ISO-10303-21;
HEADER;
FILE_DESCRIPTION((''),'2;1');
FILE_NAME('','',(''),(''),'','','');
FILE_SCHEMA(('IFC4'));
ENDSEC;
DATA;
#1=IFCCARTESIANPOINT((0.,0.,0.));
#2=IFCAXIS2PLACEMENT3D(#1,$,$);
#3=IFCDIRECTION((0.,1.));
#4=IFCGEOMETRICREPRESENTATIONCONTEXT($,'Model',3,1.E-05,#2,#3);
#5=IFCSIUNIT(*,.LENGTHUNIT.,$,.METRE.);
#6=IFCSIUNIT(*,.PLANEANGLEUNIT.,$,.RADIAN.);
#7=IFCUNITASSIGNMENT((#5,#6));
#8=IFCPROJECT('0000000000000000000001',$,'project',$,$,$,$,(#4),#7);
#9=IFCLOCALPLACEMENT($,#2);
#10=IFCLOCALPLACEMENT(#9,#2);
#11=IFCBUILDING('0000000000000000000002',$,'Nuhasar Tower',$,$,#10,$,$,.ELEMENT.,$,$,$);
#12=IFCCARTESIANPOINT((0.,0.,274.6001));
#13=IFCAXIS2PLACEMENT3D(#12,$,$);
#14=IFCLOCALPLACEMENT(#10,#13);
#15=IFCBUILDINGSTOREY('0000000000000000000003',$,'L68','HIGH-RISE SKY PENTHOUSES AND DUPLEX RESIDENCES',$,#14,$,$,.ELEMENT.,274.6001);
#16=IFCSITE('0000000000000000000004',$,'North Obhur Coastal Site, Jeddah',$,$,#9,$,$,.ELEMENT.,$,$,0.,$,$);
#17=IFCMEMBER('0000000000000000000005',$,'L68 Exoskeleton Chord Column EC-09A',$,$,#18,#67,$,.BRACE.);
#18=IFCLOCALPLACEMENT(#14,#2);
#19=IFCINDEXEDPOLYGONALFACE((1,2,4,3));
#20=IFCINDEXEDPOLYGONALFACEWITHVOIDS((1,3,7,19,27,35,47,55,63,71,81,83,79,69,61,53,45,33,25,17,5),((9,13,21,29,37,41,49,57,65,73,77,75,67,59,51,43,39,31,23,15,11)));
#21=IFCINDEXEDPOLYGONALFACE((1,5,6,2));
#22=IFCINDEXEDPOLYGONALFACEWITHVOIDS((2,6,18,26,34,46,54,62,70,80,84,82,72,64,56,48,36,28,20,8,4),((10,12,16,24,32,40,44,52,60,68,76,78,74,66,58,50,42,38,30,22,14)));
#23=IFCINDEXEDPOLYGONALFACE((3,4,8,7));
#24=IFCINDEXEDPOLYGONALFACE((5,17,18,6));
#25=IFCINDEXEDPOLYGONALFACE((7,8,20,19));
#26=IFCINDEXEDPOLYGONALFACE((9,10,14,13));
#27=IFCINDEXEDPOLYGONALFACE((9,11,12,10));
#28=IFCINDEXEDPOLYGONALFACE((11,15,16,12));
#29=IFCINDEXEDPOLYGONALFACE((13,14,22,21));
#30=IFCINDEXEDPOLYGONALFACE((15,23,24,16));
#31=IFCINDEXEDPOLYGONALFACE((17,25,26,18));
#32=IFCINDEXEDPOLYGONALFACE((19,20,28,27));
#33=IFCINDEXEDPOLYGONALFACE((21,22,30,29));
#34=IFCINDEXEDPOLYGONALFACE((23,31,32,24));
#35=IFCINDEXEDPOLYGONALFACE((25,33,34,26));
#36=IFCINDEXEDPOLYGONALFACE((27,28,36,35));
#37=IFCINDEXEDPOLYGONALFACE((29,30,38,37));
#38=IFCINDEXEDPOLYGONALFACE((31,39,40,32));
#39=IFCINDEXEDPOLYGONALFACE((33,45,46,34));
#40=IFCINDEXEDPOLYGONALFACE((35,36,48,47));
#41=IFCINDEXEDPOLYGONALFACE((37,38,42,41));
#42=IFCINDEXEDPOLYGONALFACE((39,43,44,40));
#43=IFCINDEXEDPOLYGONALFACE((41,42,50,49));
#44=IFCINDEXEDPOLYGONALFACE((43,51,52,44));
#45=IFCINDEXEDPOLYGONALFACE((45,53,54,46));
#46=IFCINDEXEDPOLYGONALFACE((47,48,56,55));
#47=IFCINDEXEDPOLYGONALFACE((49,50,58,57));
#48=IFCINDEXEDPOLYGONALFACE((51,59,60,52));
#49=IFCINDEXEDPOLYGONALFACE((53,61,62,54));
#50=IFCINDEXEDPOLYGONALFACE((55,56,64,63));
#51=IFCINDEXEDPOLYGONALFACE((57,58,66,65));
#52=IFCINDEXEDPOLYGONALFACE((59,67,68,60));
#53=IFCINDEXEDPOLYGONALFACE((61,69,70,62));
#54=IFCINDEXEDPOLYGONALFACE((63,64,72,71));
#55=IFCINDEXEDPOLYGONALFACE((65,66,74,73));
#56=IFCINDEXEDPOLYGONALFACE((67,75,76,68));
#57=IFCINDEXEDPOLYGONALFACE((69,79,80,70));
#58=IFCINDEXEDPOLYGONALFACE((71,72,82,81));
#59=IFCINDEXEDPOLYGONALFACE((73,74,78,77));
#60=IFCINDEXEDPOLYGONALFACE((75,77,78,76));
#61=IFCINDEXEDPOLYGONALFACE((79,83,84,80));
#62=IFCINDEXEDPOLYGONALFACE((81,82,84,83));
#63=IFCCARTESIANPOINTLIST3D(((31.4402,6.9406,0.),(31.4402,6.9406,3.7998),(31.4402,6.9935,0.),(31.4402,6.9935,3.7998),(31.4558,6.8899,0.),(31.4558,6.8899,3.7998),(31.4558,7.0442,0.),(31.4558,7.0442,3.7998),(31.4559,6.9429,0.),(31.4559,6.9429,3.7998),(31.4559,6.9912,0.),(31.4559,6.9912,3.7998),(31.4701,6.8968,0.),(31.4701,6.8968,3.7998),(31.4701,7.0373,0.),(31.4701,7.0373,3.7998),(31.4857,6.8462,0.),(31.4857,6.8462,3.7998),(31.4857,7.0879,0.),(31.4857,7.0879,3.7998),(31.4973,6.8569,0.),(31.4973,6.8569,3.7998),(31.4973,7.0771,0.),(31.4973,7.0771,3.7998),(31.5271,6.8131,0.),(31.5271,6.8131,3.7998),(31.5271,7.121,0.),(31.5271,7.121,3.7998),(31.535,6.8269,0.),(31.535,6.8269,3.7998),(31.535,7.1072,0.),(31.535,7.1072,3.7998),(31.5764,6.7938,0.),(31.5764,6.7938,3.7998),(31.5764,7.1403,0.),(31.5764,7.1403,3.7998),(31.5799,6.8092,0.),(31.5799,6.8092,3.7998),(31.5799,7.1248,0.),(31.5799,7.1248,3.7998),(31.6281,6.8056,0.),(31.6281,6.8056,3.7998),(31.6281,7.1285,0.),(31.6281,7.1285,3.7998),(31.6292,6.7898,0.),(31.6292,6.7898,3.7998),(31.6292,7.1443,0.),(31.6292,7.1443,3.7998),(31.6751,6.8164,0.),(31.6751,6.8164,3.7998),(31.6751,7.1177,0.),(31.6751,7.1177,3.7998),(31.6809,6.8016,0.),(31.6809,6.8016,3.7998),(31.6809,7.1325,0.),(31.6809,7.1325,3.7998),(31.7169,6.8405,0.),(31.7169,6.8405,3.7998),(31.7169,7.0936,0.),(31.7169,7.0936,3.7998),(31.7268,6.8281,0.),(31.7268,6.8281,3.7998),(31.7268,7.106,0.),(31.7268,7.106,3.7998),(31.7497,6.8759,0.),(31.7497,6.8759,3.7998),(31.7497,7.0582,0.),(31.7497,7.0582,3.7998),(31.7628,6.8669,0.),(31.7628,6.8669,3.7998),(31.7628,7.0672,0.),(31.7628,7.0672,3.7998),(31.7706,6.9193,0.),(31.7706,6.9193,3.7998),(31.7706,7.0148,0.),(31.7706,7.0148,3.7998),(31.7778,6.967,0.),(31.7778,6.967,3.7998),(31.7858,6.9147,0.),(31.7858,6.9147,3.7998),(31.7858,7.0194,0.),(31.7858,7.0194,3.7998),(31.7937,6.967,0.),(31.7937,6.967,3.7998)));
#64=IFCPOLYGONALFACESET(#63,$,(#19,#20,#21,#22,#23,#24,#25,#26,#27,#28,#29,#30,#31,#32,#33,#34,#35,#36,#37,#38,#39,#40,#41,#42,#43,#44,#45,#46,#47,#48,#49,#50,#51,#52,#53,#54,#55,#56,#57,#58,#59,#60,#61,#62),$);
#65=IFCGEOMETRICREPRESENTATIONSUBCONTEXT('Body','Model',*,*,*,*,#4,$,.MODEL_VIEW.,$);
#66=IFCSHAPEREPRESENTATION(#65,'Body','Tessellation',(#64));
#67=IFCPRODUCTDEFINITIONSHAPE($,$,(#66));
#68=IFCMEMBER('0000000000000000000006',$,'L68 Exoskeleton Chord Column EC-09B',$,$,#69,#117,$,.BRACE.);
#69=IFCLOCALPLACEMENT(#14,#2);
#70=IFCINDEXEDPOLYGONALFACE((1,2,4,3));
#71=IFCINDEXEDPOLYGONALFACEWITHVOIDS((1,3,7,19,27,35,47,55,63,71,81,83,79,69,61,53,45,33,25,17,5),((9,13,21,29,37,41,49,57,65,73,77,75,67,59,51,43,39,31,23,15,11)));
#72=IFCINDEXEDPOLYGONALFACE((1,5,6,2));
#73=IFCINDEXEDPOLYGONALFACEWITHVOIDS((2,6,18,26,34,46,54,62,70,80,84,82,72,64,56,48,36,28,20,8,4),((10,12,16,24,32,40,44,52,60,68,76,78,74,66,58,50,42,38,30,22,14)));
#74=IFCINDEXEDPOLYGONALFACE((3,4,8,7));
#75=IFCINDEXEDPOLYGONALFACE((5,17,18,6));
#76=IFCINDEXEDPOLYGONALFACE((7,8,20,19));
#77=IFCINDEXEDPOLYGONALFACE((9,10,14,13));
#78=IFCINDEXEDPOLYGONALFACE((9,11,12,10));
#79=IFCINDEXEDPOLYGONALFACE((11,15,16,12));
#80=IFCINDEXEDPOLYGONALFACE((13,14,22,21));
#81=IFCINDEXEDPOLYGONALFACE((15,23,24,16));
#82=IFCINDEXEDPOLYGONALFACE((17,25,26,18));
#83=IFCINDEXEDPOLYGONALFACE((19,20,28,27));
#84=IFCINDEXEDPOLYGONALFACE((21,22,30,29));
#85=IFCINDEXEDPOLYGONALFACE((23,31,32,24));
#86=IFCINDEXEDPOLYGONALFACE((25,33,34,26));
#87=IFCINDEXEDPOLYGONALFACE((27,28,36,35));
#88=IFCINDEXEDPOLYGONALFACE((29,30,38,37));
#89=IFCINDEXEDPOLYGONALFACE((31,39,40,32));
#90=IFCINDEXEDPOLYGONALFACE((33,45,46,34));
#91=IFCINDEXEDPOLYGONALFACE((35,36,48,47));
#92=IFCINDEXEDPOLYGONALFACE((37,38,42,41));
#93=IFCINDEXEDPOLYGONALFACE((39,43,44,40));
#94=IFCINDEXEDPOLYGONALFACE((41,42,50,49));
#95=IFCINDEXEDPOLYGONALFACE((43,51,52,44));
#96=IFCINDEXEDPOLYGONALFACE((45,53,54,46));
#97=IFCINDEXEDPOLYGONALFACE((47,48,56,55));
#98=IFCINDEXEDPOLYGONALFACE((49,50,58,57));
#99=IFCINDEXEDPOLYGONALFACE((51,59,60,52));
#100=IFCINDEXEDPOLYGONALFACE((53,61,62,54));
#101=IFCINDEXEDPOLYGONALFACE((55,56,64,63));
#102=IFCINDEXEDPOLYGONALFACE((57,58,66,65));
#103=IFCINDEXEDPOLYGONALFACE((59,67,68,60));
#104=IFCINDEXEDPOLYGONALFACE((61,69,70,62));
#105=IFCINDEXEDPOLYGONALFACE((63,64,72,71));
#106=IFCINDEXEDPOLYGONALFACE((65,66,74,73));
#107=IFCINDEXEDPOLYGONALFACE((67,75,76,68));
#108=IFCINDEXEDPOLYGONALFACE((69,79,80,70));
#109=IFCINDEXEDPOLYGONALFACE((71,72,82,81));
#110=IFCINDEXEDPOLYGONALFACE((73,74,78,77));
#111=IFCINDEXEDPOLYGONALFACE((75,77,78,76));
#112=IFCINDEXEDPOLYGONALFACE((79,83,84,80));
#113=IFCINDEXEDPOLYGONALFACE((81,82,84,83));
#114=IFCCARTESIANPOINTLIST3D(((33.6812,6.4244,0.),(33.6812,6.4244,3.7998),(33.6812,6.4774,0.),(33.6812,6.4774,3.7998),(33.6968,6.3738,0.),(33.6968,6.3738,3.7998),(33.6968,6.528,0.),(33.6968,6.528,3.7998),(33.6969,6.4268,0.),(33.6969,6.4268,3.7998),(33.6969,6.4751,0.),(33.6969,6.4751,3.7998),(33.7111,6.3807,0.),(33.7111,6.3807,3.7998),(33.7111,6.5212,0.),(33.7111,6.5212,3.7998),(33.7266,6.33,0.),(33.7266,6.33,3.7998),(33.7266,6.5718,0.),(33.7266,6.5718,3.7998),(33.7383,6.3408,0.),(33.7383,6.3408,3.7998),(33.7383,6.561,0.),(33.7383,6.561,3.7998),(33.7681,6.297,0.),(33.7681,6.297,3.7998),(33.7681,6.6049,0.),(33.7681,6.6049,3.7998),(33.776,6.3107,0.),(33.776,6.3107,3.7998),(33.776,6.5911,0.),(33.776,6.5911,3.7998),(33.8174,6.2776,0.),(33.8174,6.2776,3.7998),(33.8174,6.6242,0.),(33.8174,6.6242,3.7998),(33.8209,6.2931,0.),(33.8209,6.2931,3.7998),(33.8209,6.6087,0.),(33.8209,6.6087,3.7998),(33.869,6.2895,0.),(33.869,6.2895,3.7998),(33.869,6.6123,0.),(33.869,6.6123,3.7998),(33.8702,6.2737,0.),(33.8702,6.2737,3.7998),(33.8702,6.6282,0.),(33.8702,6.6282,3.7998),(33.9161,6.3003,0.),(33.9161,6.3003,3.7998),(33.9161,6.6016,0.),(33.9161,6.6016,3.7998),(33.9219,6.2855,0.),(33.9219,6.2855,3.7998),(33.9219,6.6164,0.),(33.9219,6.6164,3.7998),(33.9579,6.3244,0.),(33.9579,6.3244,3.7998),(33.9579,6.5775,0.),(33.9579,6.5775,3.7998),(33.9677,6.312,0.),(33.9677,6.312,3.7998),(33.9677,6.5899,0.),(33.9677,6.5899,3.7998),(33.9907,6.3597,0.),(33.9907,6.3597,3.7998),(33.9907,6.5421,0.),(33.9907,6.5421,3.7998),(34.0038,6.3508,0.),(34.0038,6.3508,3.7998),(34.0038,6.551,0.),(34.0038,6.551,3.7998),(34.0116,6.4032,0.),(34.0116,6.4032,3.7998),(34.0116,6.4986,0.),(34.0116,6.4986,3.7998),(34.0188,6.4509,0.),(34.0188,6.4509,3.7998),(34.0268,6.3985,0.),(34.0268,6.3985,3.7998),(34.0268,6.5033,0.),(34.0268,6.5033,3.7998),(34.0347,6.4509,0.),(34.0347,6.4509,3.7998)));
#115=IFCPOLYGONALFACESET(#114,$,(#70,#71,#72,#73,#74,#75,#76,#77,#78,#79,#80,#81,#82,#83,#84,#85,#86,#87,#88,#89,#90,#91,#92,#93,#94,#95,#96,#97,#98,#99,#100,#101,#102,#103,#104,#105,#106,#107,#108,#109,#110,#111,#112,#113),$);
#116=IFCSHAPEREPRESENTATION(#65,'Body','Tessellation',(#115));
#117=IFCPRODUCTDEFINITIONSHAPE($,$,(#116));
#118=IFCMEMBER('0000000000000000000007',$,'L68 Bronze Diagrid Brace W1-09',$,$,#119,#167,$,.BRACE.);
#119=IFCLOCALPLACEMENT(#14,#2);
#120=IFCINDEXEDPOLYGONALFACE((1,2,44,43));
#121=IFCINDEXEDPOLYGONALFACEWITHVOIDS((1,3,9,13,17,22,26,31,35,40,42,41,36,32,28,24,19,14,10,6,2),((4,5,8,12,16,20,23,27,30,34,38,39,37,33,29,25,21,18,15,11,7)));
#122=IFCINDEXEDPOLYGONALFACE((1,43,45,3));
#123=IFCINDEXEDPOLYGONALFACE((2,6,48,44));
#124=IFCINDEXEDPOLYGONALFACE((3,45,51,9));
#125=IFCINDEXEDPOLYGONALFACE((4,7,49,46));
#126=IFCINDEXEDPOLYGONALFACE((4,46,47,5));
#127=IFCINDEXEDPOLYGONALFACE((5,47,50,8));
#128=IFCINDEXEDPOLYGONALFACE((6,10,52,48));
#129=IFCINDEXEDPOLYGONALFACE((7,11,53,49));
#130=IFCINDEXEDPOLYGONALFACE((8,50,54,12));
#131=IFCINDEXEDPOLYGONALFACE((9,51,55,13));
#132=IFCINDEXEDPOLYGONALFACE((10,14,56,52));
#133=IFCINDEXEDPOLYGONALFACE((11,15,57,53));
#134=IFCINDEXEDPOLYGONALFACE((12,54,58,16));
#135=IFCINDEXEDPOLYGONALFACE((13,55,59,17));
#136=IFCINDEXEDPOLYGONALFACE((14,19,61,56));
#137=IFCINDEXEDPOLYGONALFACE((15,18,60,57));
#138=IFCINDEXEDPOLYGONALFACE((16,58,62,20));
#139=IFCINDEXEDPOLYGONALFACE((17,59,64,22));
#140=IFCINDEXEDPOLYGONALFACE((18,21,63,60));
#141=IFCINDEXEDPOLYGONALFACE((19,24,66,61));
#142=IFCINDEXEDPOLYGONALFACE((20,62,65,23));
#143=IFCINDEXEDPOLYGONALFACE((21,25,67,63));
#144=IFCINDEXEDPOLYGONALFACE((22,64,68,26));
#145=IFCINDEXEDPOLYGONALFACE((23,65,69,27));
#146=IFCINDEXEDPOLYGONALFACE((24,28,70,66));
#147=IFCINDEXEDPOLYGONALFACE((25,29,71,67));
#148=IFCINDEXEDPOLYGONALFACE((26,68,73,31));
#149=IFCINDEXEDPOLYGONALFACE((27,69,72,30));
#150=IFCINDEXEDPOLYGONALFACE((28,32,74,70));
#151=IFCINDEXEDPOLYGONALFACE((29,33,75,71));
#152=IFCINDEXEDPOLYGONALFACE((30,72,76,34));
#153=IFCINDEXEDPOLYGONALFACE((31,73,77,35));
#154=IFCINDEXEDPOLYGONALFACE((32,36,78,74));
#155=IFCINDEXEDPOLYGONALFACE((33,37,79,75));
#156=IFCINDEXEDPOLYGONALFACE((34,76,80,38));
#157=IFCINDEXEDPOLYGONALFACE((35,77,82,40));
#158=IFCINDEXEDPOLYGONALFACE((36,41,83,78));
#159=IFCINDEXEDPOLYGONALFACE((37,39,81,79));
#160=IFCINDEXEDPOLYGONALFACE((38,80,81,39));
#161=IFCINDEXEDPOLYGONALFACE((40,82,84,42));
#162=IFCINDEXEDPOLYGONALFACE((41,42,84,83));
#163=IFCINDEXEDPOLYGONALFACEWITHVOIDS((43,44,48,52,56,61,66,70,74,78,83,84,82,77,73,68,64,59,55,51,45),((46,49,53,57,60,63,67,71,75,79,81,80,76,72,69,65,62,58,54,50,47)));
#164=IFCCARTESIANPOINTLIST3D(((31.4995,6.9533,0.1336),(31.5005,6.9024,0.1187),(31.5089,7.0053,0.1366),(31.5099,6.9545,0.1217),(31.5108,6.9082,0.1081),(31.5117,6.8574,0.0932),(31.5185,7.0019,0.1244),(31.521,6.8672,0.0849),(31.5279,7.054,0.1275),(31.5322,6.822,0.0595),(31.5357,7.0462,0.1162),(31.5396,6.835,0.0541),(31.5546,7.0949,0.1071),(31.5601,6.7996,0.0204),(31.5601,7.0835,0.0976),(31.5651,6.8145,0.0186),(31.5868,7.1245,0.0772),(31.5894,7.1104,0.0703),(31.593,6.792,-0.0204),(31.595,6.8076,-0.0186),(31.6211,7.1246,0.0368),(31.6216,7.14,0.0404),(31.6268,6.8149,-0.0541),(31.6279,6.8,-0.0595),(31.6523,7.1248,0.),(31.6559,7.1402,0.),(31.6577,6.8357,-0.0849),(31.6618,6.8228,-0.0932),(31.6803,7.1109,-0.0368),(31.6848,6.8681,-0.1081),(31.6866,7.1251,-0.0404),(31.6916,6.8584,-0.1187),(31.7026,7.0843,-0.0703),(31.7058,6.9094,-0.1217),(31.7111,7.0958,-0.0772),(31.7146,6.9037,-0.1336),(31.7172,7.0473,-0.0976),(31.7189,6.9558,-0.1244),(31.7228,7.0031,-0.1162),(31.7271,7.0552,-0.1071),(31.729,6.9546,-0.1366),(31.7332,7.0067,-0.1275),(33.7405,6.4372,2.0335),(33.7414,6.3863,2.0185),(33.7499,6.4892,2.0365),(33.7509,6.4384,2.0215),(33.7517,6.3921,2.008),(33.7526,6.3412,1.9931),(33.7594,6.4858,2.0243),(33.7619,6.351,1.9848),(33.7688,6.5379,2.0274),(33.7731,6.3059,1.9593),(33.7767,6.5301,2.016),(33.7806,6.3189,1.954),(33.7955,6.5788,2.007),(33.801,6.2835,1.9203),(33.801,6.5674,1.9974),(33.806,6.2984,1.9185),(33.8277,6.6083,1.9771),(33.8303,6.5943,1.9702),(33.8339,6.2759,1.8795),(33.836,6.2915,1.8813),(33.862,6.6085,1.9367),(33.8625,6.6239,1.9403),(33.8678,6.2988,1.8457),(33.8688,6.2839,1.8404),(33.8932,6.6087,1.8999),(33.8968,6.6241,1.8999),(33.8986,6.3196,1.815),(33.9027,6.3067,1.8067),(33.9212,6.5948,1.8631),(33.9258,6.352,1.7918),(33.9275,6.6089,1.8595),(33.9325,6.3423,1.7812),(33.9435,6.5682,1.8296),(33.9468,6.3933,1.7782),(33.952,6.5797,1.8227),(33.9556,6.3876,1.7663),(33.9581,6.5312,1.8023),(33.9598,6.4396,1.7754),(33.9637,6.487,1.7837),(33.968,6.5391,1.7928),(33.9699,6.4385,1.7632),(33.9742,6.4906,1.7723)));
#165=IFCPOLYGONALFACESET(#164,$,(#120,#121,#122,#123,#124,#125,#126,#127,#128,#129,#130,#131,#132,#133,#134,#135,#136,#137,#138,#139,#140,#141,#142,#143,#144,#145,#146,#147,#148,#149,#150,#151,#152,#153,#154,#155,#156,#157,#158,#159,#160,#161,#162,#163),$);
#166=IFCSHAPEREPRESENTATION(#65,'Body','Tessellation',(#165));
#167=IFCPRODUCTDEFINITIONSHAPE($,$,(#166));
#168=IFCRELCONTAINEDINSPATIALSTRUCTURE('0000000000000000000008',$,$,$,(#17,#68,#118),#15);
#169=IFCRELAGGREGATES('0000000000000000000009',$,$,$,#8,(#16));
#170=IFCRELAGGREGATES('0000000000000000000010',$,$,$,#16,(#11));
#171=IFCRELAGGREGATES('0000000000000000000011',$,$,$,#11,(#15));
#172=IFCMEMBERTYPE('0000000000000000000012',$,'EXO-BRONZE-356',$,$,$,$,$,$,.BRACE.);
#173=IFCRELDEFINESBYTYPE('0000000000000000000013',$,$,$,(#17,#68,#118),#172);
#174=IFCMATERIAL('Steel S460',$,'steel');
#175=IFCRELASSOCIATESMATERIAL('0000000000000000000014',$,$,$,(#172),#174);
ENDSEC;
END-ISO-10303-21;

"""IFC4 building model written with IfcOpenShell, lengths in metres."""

from ifc_helpers import new_model, si_unit, direction, frame, origin, origin_2d, place, context, subcontext, project, spatial, hollow_circle, extrude, material, material_profile, profile_set, type_object, element, save


model = new_model("IFC4")

# Units and contexts
model_context = context("Model", 3, precision=1e-05, world=origin(), true_north=direction((0.0, 1.0)))
body_context = subcontext(model_context, "Body", "Model", "MODEL_VIEW")
ifc_project = project(units=[si_unit("LENGTHUNIT", "METRE"), si_unit("PLANEANGLEUNIT", "RADIAN")], contexts=[model_context])

# Site, building, storey
site_placement = place(None, origin())
site = spatial("IfcSite", under=ifc_project, at=site_placement, Name="North Obhur Coastal Site, Jeddah", CompositionType="ELEMENT", RefElevation=0.0)
building_placement = place(site_placement, origin())
building = spatial("IfcBuilding", under=site, at=building_placement, Name="Nuhasar Tower", CompositionType="ELEMENT")
storey_placement = place(building_placement, frame((0.0, 0.0, 274.6001)))
storey = spatial("IfcBuildingStorey", under=building, at=storey_placement, Name="L68", Description="HIGH-RISE SKY PENTHOUSES AND DUPLEX RESIDENCES", CompositionType="ELEMENT", Elevation=274.6001)

# Members
ifc_material_1 = material(Name="Steel S460", Category="steel")
ifc_material_profile_1 = material_profile(ifc_material_1, hollow_circle(Radius=0.1777, WallThickness=0.0159, at=origin_2d()), Name="HSS355.6X15.9")
ifc_profile_set_1 = profile_set([ifc_material_profile_1], Name="Steel S460")
member_type = type_object("IfcMemberType", Name="EXO-BRONZE-356", PredefinedType="BRACE", material=ifc_profile_set_1)
for number, where, z_axis, x_axis, name in (
    (1, (31.616, 6.967, 0.0), (0.0, 0.0, 1.0), (1.0, 0.0, 0.0), "L68 Exoskeleton Chord Column EC-09A"),
    (2, (33.8569, 6.4509, 0.0), (0.0, 0.0, 1.0), (1.0, 0.0, 0.0), "L68 Exoskeleton Chord Column EC-09B"),
):
    element("IfcMember", number, at=place(storey_placement, frame(where, z_axis=z_axis, x_axis=x_axis)), inside=storey, type_object=member_type, Name=name, PredefinedType="BRACE", context=body_context, shape_type="SweptSolid", body=[
        extrude(hollow_circle(Radius=0.1777, WallThickness=0.0159, at=origin_2d()), origin(), (0.0, 0.0, 1.0), 3.7998),
    ])
for number, where, z_axis, x_axis, name in (
    (3, (31.616, 6.967, 0.0), (0.751261, -0.173022, 0.636923), (0.224433, 0.97449, 0.0), "L68 Bronze Diagrid Brace W1-09"),
):
    element("IfcMember", number, at=place(storey_placement, frame(where, z_axis=z_axis, x_axis=x_axis)), inside=storey, type_object=member_type, Name=name, PredefinedType="BRACE", context=body_context, shape_type="SweptSolid", body=[
        extrude(hollow_circle(Radius=0.1777, WallThickness=0.0159, at=origin_2d()), origin(), (0.0, 0.0, 1.0), 2.9829),
    ])

save(model, "model.ifc")
